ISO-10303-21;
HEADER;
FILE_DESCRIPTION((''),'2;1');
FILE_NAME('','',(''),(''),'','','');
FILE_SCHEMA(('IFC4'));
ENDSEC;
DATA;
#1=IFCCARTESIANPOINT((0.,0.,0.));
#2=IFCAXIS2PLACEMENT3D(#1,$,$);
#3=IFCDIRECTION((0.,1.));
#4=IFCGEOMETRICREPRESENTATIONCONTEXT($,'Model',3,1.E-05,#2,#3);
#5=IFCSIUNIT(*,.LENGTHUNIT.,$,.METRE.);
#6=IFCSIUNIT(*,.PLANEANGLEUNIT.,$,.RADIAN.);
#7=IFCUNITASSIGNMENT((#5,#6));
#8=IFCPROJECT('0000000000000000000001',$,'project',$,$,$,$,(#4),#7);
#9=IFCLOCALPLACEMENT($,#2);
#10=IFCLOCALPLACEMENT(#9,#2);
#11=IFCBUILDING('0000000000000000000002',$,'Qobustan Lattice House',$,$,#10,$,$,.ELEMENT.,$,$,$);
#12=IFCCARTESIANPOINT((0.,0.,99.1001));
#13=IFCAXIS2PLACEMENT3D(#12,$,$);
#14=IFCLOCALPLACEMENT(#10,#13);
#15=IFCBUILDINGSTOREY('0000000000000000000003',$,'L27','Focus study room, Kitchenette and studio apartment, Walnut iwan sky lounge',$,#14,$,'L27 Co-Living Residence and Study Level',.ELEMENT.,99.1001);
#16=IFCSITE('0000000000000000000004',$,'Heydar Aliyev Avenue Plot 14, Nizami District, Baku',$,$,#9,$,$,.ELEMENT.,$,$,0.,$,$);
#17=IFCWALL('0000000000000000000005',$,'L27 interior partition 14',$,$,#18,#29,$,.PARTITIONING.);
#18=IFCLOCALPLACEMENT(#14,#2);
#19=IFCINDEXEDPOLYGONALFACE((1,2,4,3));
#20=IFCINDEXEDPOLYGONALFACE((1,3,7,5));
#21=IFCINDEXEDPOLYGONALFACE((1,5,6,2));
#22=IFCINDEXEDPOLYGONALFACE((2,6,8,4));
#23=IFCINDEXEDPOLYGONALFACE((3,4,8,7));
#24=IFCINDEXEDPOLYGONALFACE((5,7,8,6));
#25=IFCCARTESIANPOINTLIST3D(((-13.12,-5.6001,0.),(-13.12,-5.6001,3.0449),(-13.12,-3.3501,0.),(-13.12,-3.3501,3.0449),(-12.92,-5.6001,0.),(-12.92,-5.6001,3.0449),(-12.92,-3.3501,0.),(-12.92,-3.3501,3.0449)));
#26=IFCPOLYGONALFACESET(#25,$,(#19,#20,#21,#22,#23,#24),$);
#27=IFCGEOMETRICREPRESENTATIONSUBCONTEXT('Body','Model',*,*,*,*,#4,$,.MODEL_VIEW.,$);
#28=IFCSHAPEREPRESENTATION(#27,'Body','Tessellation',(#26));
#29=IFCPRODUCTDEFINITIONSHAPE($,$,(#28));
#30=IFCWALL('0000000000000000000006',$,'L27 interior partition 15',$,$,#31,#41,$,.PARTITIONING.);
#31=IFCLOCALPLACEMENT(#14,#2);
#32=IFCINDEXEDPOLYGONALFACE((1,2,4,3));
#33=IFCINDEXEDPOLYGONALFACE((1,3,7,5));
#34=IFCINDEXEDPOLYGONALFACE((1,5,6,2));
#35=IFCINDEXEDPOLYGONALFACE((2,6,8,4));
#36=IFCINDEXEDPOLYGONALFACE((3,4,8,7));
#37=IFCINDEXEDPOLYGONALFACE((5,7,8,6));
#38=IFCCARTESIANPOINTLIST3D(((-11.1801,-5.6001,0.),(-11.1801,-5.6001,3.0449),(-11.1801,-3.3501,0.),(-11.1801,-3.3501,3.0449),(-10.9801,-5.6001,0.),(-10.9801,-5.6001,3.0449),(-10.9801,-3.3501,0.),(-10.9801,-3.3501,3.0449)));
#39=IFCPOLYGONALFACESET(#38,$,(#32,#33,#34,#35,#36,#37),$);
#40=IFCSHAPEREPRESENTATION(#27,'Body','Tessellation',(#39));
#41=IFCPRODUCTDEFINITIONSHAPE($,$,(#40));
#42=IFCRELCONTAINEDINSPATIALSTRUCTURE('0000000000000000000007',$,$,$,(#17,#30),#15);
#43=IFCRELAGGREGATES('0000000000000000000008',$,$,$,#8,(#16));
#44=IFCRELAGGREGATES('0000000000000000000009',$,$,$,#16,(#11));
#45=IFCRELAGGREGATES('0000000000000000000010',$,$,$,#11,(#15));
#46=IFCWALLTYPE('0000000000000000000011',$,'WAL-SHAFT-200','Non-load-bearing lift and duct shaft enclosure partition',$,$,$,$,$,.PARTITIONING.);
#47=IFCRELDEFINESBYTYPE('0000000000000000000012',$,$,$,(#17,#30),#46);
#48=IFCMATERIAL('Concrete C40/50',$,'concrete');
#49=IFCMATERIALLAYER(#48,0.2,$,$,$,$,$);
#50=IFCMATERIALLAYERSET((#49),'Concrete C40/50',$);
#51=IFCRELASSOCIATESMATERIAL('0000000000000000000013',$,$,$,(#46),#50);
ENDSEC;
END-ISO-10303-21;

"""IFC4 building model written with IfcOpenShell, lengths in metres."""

from ifc_helpers import new_model, si_unit, direction, frame, frame_2d, origin, place, context, subcontext, project, spatial, rectangle, extrude, material, layer, layer_set, type_object, element, save


model = new_model("IFC4")

# Units and contexts
model_context = context("Model", 3, precision=1e-05, world=origin(), true_north=direction((0.0, 1.0)))
body_context = subcontext(model_context, "Body", "Model", "MODEL_VIEW")
ifc_project = project(units=[si_unit("LENGTHUNIT", "METRE"), si_unit("PLANEANGLEUNIT", "RADIAN")], contexts=[model_context])

# Site, building, storey
site_placement = place(None, origin())
site = spatial("IfcSite", under=ifc_project, at=site_placement, Name="Heydar Aliyev Avenue Plot 14, Nizami District, Baku", CompositionType="ELEMENT", RefElevation=0.0)
building_placement = place(site_placement, origin())
building = spatial("IfcBuilding", under=site, at=building_placement, Name="Qobustan Lattice House", CompositionType="ELEMENT")
storey_placement = place(building_placement, frame((0.0, 0.0, 99.1001)))
storey = spatial("IfcBuildingStorey", under=building, at=storey_placement, Name="L27", Description="Focus study room, Kitchenette and studio apartment, Walnut iwan sky lounge", LongName="L27 Co-Living Residence and Study Level", CompositionType="ELEMENT", Elevation=99.1001)

# Walls
ifc_material_1 = material(Name="Concrete C40/50", Category="concrete")
ifc_layer_1 = layer(ifc_material_1, 0.2)
ifc_layer_set_1 = layer_set([ifc_layer_1], Name="Concrete C40/50")
wall_type_1 = type_object("IfcWallType", Name="WAL-SHAFT-200", Description="Non-load-bearing lift and duct shaft enclosure partition", PredefinedType="PARTITIONING", material=ifc_layer_set_1)
for number, where, z_axis, x_axis, name in (
    (1, (-13.02, -5.6001, 0.0), (0.0, 0.0, 1.0), (0.0, 1.0, 0.0), "L27 interior partition 14"),
    (2, (-11.0801, -5.6001, 0.0), (0.0, 0.0, 1.0), (0.0, 1.0, 0.0), "L27 interior partition 15"),
):
    element("IfcWall", number, at=place(storey_placement, frame(where, z_axis=z_axis, x_axis=x_axis)), inside=storey, type_object=wall_type_1, Name=name, PredefinedType="PARTITIONING", context=body_context, shape_type="SweptSolid", body=[
        extrude(rectangle(XDim=2.25, YDim=0.2, at=frame_2d((1.125, 0.0))), origin(), (0.0, 0.0, 1.0), 3.0449),
    ])

save(model, "model.ifc")
